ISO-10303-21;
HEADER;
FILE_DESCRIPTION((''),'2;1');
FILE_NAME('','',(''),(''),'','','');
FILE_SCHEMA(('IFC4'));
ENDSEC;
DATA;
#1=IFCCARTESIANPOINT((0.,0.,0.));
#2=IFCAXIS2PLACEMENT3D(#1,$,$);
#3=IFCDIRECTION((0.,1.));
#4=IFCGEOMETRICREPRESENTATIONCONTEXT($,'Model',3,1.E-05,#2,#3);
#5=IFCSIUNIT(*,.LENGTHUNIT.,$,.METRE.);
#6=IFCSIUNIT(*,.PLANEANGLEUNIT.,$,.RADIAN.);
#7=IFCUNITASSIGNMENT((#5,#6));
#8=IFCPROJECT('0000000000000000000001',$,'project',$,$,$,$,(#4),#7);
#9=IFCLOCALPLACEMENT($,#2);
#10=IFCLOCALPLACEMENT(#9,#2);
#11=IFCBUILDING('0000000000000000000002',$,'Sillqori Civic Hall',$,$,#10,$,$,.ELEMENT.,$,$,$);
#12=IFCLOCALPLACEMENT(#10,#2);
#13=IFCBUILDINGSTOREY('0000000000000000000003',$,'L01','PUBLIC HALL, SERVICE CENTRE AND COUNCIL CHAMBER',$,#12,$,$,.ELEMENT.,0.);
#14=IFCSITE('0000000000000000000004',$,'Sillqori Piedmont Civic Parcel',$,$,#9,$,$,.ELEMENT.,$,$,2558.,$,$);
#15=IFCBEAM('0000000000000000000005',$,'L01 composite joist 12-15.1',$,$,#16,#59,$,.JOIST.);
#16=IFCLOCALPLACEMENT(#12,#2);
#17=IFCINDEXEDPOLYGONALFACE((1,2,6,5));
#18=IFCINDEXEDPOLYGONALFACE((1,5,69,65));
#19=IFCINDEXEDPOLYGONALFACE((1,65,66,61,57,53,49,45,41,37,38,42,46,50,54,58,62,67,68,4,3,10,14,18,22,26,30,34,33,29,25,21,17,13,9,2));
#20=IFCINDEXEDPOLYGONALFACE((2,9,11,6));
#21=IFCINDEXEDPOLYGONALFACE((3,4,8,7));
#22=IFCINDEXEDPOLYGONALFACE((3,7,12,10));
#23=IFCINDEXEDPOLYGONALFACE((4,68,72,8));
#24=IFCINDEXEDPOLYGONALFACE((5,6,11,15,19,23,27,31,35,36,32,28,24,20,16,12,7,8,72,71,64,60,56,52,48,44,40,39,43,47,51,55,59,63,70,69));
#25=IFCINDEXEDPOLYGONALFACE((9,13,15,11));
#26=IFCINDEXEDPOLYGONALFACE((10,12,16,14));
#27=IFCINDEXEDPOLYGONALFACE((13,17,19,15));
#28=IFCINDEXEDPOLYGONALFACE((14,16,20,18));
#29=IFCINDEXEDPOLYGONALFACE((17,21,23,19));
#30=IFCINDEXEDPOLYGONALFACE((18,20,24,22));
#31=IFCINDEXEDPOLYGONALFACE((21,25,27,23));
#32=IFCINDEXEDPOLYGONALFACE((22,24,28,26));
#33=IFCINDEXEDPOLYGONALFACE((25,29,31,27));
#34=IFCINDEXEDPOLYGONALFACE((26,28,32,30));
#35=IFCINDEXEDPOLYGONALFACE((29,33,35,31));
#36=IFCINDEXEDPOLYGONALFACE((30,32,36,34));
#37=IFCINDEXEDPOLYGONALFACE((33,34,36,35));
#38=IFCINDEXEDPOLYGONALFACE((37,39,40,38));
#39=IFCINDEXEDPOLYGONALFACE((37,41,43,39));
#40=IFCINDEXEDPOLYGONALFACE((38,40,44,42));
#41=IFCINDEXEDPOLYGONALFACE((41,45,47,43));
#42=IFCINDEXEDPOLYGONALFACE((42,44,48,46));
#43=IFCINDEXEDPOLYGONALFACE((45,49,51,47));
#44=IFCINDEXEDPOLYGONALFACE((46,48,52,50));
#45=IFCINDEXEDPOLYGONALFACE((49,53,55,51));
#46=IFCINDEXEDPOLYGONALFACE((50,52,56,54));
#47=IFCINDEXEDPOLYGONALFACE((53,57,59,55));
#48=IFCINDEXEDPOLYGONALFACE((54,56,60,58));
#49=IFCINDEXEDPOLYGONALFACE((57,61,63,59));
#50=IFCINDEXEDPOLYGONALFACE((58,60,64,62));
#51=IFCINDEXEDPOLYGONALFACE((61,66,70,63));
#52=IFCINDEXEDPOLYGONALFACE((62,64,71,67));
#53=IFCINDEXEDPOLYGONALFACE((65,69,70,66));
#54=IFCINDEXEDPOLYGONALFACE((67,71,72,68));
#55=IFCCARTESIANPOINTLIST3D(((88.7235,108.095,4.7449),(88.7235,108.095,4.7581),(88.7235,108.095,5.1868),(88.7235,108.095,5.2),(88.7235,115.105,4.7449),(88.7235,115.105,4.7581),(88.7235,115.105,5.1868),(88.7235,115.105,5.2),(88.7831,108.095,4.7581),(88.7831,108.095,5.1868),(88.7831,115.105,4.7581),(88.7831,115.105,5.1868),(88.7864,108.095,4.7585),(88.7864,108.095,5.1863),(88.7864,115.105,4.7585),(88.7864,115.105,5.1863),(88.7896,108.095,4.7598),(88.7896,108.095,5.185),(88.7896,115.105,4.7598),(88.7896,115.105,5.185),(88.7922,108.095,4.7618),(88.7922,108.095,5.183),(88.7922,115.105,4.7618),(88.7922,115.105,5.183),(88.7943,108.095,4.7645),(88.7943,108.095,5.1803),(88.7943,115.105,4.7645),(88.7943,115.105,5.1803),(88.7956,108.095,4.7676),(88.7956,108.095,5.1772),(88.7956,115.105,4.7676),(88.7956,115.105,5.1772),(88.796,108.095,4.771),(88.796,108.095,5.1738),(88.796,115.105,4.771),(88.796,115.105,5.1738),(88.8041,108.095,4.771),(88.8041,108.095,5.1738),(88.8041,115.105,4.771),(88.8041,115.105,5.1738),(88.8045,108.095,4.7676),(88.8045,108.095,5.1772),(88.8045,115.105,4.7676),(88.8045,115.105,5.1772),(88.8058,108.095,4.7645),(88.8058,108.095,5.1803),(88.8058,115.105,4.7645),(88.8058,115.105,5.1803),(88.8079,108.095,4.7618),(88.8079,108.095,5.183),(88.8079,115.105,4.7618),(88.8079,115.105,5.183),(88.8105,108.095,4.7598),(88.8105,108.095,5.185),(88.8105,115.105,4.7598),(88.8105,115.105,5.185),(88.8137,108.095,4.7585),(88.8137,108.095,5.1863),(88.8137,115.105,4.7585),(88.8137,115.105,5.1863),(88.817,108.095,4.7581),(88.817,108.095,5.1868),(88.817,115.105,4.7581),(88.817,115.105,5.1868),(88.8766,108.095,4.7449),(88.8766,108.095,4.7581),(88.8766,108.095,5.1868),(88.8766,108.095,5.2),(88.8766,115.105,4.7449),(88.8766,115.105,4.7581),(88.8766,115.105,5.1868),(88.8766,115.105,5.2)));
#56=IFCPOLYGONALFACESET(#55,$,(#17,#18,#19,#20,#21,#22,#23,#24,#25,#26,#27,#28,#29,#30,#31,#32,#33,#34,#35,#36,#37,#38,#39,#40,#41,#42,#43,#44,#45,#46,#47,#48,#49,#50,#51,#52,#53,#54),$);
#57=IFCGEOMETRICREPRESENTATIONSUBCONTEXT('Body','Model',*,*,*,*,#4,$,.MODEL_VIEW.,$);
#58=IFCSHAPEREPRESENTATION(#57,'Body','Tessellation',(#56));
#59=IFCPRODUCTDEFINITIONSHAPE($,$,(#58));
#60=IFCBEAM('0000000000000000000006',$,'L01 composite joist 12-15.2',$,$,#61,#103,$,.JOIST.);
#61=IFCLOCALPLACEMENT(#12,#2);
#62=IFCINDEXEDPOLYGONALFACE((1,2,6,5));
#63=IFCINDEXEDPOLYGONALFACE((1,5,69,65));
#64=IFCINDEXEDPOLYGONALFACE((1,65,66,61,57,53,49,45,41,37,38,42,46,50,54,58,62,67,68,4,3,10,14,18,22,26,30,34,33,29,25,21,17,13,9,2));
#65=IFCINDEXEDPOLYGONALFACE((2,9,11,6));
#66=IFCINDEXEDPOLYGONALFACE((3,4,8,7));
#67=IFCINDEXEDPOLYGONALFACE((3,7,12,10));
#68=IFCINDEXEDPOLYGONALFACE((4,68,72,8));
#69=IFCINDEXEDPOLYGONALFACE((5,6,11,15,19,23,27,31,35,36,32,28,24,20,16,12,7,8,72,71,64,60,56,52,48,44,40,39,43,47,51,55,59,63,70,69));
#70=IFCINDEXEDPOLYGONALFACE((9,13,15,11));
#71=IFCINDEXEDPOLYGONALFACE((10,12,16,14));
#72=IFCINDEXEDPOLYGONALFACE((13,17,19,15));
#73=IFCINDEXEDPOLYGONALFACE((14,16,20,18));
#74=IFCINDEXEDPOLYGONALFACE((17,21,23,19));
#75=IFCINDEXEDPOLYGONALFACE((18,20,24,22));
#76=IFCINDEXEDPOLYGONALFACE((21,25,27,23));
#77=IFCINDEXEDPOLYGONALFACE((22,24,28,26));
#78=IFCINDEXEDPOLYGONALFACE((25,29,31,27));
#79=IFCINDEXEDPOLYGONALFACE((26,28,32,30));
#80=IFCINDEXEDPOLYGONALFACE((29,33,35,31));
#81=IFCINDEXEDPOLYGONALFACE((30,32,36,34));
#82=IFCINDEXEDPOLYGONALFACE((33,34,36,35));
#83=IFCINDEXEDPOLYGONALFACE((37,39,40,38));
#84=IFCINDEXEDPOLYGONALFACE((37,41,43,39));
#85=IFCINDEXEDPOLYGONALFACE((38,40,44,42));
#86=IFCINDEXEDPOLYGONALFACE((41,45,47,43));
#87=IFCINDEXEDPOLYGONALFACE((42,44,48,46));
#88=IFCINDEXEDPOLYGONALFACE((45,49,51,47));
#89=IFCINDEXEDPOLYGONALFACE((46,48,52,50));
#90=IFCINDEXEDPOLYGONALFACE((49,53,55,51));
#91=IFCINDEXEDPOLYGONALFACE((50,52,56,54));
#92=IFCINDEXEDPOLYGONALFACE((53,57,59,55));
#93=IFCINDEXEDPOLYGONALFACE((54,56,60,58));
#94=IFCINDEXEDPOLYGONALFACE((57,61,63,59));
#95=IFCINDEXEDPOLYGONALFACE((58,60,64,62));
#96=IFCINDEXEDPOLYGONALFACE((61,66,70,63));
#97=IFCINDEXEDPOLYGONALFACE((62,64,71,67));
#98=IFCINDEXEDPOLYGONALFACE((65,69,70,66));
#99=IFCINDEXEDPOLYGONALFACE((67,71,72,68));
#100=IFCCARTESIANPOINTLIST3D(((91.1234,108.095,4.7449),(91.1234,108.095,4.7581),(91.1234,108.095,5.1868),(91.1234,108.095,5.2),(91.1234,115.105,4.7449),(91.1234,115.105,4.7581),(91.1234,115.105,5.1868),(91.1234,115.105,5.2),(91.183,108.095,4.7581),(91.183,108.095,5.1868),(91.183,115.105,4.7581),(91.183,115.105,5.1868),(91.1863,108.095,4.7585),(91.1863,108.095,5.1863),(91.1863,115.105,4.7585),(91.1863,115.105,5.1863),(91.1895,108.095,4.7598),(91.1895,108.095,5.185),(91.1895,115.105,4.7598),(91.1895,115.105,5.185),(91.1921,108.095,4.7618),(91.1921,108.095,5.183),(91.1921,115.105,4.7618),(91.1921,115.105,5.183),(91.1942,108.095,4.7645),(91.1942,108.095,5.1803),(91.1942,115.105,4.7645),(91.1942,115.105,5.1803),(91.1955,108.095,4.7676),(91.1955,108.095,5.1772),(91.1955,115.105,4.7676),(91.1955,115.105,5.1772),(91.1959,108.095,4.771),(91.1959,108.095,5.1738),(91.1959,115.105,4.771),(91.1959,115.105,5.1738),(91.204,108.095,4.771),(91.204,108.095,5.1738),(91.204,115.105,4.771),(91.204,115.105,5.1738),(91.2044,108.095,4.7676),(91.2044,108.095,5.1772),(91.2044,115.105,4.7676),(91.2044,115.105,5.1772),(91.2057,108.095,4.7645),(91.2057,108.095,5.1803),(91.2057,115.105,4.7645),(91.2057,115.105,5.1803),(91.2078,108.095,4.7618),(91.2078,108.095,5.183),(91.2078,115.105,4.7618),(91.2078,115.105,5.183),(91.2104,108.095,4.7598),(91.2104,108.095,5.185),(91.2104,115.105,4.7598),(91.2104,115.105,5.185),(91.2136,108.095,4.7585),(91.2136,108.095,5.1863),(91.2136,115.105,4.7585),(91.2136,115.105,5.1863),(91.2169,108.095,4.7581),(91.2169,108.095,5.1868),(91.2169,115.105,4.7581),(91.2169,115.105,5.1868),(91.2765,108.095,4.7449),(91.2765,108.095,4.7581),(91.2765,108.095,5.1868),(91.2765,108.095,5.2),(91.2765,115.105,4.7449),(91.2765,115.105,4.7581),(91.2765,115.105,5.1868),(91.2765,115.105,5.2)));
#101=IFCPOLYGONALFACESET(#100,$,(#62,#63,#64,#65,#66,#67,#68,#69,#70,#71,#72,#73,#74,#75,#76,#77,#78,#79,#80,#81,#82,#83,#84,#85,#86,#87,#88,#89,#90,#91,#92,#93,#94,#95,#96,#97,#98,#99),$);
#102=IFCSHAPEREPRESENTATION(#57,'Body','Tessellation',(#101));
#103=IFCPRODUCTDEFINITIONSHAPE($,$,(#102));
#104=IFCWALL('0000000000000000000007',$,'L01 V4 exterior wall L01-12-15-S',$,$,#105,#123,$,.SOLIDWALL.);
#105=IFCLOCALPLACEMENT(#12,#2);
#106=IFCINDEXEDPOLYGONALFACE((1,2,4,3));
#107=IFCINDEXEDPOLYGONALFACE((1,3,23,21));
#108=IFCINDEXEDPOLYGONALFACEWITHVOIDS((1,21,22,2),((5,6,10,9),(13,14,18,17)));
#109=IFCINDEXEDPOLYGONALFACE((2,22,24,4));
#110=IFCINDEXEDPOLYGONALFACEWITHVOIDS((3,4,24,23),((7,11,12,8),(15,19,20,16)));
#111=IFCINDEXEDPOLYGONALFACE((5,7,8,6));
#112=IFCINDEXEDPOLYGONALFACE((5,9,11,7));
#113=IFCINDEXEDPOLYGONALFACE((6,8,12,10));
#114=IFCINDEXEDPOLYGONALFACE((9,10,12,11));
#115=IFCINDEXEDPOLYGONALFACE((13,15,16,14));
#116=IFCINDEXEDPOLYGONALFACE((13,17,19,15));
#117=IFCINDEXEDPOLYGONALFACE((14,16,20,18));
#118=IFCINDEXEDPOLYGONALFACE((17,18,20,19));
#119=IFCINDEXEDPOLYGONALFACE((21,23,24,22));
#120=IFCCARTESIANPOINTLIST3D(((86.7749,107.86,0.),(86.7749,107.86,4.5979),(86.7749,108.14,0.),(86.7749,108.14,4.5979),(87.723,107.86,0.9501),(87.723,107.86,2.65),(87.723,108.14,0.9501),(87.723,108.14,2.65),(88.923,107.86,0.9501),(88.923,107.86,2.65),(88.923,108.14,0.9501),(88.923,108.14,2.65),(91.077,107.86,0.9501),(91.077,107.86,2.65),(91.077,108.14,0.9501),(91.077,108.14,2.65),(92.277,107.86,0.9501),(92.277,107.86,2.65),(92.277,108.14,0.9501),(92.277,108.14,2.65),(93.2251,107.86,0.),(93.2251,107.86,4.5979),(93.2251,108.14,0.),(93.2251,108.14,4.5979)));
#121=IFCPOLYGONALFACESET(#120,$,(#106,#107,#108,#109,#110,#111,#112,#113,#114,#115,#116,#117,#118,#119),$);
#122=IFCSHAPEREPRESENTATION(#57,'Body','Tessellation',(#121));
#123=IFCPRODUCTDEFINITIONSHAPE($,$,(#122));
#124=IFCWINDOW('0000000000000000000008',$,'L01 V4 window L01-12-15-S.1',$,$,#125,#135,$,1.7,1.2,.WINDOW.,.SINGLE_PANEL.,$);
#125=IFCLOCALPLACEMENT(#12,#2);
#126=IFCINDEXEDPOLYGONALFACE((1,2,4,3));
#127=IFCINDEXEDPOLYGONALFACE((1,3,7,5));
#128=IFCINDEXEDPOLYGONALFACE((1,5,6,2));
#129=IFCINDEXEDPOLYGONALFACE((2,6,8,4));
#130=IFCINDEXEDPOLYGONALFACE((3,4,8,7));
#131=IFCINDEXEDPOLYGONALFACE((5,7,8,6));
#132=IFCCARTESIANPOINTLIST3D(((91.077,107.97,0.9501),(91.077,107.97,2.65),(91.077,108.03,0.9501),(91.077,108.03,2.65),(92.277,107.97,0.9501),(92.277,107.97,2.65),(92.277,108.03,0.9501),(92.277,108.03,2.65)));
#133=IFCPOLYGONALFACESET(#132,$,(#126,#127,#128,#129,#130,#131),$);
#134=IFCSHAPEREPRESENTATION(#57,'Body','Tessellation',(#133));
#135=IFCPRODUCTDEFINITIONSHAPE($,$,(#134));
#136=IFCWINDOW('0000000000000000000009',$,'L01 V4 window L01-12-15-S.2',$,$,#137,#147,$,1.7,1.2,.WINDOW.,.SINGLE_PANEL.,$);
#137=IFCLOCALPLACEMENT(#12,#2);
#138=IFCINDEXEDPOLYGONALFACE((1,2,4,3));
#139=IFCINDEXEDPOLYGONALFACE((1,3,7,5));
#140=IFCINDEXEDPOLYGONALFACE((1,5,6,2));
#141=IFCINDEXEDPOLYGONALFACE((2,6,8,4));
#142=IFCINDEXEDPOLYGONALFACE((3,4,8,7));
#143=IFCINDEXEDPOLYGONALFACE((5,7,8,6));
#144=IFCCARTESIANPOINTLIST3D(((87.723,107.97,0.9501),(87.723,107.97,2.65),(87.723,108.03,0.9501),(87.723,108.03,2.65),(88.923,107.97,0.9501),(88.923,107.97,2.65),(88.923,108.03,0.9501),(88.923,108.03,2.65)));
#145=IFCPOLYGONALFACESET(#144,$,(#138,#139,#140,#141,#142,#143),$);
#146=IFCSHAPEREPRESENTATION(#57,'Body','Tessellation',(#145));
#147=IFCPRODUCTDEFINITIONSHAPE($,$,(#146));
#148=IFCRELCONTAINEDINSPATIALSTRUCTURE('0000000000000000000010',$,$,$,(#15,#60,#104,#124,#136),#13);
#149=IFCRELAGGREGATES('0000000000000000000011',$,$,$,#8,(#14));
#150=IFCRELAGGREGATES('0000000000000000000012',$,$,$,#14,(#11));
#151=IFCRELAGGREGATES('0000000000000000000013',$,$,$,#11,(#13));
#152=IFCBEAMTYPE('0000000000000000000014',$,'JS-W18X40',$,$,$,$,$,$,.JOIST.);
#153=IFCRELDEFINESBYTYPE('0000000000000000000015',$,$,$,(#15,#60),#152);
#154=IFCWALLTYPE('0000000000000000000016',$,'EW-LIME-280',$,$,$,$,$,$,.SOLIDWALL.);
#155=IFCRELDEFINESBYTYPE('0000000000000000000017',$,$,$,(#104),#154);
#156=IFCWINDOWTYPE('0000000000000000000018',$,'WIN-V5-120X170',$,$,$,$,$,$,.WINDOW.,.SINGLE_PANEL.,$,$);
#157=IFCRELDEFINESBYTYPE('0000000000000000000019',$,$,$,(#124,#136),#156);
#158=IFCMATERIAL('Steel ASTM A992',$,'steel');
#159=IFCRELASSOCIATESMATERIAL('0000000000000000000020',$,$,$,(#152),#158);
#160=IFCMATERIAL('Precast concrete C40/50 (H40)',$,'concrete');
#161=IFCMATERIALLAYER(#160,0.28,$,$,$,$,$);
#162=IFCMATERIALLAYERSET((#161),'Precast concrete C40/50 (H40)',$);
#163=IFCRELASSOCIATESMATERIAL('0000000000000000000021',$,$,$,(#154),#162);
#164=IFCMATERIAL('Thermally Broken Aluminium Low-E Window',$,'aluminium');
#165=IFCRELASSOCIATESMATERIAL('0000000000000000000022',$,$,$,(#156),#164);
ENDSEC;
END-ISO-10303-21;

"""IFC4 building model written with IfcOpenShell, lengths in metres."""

from ifc_helpers import new_model, si_unit, direction, frame, frame_2d, origin, origin_2d, place, context, subcontext, project, spatial, rectangle, i_section, extrude, material, layer, layer_set, material_profile, profile_set, type_object, element, fill, save


model = new_model("IFC4")

# Units and contexts
model_context = context("Model", 3, precision=1e-05, world=origin(), true_north=direction((0.0, 1.0)))
body_context = subcontext(model_context, "Body", "Model", "MODEL_VIEW")
ifc_project = project(units=[si_unit("LENGTHUNIT", "METRE"), si_unit("PLANEANGLEUNIT", "RADIAN")], contexts=[model_context])

# Site, building, storey
site_placement = place(None, origin())
site = spatial("IfcSite", under=ifc_project, at=site_placement, Name="Sillqori Piedmont Civic Parcel", CompositionType="ELEMENT", RefElevation=2558.0)
building_placement = place(site_placement, origin())
building = spatial("IfcBuilding", under=site, at=building_placement, Name="Sillqori Civic Hall", CompositionType="ELEMENT")
storey_placement = place(building_placement, origin())
storey = spatial("IfcBuildingStorey", under=building, at=storey_placement, Name="L01", Description="PUBLIC HALL, SERVICE CENTRE AND COUNCIL CHAMBER", CompositionType="ELEMENT", Elevation=0.0)

# Beams
ifc_material_1 = material(Name="Steel ASTM A992", Category="steel")
ifc_material_profile_1 = material_profile(ifc_material_1, i_section(OverallWidth=0.1531, OverallDepth=0.4551, WebThickness=0.0081, FlangeThickness=0.0132, FilletRadius=0.0129, at=origin_2d()), Name="W18X40")
ifc_profile_set_1 = profile_set([ifc_material_profile_1], Name="Steel ASTM A992")
beam_type_1 = type_object("IfcBeamType", Name="JS-W18X40", PredefinedType="JOIST", material=ifc_profile_set_1)
for number, where, z_axis, x_axis, name in (
    (1, (88.8, 108.095, 4.9724), (0.0, 1.0, 0.0), (-1.0, 0.0, 0.0), "L01 composite joist 12-15.1"),
    (2, (91.2, 108.095, 4.9724), (0.0, 1.0, 0.0), (-1.0, 0.0, 0.0), "L01 composite joist 12-15.2"),
):
    element("IfcBeam", number, at=place(storey_placement, frame(where, z_axis=z_axis, x_axis=x_axis)), inside=storey, type_object=beam_type_1, Name=name, PredefinedType="JOIST", context=body_context, shape_type="SweptSolid", body=[
        extrude(i_section(OverallWidth=0.1531, OverallDepth=0.4551, WebThickness=0.0081, FlangeThickness=0.0132, FilletRadius=0.0129, at=origin_2d()), origin(), (0.0, 0.0, 1.0), 7.01),
    ])

# Wall, openings, windows
ifc_material_2 = material(Name="Precast concrete C40/50 (H40)", Category="concrete")
ifc_layer_1 = layer(ifc_material_2, 0.28)
ifc_layer_set_1 = layer_set([ifc_layer_1], Name="Precast concrete C40/50 (H40)")
wall_type = type_object("IfcWallType", Name="EW-LIME-280", PredefinedType="SOLIDWALL", material=ifc_layer_set_1)
wall_1_placement = place(storey_placement, frame((93.2251, 108.0, 0.0), z_axis=(0.0, 0.0, 1.0), x_axis=(-1.0, 0.0, 0.0)))
wall_1 = element("IfcWall", 3, at=wall_1_placement, inside=storey, type_object=wall_type, Name="L01 V4 exterior wall L01-12-15-S", PredefinedType="SOLIDWALL", context=body_context, shape_type="SweptSolid", body=[
    extrude(rectangle(XDim=6.4502, YDim=0.28, at=frame_2d((3.2251, 0.0))), origin(), (0.0, 0.0, 1.0), 4.5979),
])
opening_1_placement = place(wall_1_placement, frame((0.948, 0.0, 0.95)))
opening_1 = element("IfcOpeningElement", 4, at=opening_1_placement, cuts=wall_1, PredefinedType="OPENING", context=body_context, shape_type="SweptSolid", body=[
    extrude(rectangle(XDim=1.2, YDim=1.7, at=frame_2d((0.6001, 0.8501))), frame((0.0, 0.1499, 0.0), z_axis=(0.0, -1.0, 0.0), x_axis=(1.0, 0.0, 0.0)), (0.0, 0.0, 1.0), 0.3),
])
opening_2_placement = place(wall_1_placement, frame((4.302, 0.0, 0.95)))
opening_2 = element("IfcOpeningElement", 5, at=opening_2_placement, cuts=wall_1, PredefinedType="OPENING", context=body_context, shape_type="SweptSolid", body=[
    extrude(rectangle(XDim=1.2, YDim=1.7, at=frame_2d((0.6001, 0.8501))), frame((0.0, 0.1499, 0.0), z_axis=(0.0, -1.0, 0.0), x_axis=(1.0, 0.0, 0.0)), (0.0, 0.0, 1.0), 0.3),
])
ifc_material_3 = material(Name="Thermally Broken Aluminium Low-E Window", Category="aluminium")
window_type = type_object("IfcWindowType", Name="WIN-V5-120X170", PartitioningType="SINGLE_PANEL", PredefinedType="WINDOW", material=ifc_material_3)
window_1_placement = place(opening_1_placement, origin())
window_1 = element("IfcWindow", 6, at=window_1_placement, inside=storey, type_object=window_type, Name="L01 V4 window L01-12-15-S.1", OverallHeight=1.7, OverallWidth=1.2, PartitioningType="SINGLE_PANEL", PredefinedType="WINDOW", context=body_context, shape_type="SweptSolid", body=[
    extrude(rectangle(XDim=1.2, YDim=1.7, at=frame_2d((0.6001, 0.8501))), frame((0.0, 0.03, 0.0), z_axis=(0.0, -1.0, 0.0), x_axis=(1.0, 0.0, 0.0)), (0.0, 0.0, 1.0), 0.0601),
])
fill(opening_1, window_1)
window_2_placement = place(opening_2_placement, origin())
window_2 = element("IfcWindow", 7, at=window_2_placement, inside=storey, type_object=window_type, Name="L01 V4 window L01-12-15-S.2", OverallHeight=1.7, OverallWidth=1.2, PartitioningType="SINGLE_PANEL", PredefinedType="WINDOW", context=body_context, shape_type="SweptSolid", body=[
    extrude(rectangle(XDim=1.2, YDim=1.7, at=frame_2d((0.6001, 0.8501))), frame((0.0, 0.03, 0.0), z_axis=(0.0, -1.0, 0.0), x_axis=(1.0, 0.0, 0.0)), (0.0, 0.0, 1.0), 0.0601),
])
fill(opening_2, window_2)

save(model, "model.ifc")
